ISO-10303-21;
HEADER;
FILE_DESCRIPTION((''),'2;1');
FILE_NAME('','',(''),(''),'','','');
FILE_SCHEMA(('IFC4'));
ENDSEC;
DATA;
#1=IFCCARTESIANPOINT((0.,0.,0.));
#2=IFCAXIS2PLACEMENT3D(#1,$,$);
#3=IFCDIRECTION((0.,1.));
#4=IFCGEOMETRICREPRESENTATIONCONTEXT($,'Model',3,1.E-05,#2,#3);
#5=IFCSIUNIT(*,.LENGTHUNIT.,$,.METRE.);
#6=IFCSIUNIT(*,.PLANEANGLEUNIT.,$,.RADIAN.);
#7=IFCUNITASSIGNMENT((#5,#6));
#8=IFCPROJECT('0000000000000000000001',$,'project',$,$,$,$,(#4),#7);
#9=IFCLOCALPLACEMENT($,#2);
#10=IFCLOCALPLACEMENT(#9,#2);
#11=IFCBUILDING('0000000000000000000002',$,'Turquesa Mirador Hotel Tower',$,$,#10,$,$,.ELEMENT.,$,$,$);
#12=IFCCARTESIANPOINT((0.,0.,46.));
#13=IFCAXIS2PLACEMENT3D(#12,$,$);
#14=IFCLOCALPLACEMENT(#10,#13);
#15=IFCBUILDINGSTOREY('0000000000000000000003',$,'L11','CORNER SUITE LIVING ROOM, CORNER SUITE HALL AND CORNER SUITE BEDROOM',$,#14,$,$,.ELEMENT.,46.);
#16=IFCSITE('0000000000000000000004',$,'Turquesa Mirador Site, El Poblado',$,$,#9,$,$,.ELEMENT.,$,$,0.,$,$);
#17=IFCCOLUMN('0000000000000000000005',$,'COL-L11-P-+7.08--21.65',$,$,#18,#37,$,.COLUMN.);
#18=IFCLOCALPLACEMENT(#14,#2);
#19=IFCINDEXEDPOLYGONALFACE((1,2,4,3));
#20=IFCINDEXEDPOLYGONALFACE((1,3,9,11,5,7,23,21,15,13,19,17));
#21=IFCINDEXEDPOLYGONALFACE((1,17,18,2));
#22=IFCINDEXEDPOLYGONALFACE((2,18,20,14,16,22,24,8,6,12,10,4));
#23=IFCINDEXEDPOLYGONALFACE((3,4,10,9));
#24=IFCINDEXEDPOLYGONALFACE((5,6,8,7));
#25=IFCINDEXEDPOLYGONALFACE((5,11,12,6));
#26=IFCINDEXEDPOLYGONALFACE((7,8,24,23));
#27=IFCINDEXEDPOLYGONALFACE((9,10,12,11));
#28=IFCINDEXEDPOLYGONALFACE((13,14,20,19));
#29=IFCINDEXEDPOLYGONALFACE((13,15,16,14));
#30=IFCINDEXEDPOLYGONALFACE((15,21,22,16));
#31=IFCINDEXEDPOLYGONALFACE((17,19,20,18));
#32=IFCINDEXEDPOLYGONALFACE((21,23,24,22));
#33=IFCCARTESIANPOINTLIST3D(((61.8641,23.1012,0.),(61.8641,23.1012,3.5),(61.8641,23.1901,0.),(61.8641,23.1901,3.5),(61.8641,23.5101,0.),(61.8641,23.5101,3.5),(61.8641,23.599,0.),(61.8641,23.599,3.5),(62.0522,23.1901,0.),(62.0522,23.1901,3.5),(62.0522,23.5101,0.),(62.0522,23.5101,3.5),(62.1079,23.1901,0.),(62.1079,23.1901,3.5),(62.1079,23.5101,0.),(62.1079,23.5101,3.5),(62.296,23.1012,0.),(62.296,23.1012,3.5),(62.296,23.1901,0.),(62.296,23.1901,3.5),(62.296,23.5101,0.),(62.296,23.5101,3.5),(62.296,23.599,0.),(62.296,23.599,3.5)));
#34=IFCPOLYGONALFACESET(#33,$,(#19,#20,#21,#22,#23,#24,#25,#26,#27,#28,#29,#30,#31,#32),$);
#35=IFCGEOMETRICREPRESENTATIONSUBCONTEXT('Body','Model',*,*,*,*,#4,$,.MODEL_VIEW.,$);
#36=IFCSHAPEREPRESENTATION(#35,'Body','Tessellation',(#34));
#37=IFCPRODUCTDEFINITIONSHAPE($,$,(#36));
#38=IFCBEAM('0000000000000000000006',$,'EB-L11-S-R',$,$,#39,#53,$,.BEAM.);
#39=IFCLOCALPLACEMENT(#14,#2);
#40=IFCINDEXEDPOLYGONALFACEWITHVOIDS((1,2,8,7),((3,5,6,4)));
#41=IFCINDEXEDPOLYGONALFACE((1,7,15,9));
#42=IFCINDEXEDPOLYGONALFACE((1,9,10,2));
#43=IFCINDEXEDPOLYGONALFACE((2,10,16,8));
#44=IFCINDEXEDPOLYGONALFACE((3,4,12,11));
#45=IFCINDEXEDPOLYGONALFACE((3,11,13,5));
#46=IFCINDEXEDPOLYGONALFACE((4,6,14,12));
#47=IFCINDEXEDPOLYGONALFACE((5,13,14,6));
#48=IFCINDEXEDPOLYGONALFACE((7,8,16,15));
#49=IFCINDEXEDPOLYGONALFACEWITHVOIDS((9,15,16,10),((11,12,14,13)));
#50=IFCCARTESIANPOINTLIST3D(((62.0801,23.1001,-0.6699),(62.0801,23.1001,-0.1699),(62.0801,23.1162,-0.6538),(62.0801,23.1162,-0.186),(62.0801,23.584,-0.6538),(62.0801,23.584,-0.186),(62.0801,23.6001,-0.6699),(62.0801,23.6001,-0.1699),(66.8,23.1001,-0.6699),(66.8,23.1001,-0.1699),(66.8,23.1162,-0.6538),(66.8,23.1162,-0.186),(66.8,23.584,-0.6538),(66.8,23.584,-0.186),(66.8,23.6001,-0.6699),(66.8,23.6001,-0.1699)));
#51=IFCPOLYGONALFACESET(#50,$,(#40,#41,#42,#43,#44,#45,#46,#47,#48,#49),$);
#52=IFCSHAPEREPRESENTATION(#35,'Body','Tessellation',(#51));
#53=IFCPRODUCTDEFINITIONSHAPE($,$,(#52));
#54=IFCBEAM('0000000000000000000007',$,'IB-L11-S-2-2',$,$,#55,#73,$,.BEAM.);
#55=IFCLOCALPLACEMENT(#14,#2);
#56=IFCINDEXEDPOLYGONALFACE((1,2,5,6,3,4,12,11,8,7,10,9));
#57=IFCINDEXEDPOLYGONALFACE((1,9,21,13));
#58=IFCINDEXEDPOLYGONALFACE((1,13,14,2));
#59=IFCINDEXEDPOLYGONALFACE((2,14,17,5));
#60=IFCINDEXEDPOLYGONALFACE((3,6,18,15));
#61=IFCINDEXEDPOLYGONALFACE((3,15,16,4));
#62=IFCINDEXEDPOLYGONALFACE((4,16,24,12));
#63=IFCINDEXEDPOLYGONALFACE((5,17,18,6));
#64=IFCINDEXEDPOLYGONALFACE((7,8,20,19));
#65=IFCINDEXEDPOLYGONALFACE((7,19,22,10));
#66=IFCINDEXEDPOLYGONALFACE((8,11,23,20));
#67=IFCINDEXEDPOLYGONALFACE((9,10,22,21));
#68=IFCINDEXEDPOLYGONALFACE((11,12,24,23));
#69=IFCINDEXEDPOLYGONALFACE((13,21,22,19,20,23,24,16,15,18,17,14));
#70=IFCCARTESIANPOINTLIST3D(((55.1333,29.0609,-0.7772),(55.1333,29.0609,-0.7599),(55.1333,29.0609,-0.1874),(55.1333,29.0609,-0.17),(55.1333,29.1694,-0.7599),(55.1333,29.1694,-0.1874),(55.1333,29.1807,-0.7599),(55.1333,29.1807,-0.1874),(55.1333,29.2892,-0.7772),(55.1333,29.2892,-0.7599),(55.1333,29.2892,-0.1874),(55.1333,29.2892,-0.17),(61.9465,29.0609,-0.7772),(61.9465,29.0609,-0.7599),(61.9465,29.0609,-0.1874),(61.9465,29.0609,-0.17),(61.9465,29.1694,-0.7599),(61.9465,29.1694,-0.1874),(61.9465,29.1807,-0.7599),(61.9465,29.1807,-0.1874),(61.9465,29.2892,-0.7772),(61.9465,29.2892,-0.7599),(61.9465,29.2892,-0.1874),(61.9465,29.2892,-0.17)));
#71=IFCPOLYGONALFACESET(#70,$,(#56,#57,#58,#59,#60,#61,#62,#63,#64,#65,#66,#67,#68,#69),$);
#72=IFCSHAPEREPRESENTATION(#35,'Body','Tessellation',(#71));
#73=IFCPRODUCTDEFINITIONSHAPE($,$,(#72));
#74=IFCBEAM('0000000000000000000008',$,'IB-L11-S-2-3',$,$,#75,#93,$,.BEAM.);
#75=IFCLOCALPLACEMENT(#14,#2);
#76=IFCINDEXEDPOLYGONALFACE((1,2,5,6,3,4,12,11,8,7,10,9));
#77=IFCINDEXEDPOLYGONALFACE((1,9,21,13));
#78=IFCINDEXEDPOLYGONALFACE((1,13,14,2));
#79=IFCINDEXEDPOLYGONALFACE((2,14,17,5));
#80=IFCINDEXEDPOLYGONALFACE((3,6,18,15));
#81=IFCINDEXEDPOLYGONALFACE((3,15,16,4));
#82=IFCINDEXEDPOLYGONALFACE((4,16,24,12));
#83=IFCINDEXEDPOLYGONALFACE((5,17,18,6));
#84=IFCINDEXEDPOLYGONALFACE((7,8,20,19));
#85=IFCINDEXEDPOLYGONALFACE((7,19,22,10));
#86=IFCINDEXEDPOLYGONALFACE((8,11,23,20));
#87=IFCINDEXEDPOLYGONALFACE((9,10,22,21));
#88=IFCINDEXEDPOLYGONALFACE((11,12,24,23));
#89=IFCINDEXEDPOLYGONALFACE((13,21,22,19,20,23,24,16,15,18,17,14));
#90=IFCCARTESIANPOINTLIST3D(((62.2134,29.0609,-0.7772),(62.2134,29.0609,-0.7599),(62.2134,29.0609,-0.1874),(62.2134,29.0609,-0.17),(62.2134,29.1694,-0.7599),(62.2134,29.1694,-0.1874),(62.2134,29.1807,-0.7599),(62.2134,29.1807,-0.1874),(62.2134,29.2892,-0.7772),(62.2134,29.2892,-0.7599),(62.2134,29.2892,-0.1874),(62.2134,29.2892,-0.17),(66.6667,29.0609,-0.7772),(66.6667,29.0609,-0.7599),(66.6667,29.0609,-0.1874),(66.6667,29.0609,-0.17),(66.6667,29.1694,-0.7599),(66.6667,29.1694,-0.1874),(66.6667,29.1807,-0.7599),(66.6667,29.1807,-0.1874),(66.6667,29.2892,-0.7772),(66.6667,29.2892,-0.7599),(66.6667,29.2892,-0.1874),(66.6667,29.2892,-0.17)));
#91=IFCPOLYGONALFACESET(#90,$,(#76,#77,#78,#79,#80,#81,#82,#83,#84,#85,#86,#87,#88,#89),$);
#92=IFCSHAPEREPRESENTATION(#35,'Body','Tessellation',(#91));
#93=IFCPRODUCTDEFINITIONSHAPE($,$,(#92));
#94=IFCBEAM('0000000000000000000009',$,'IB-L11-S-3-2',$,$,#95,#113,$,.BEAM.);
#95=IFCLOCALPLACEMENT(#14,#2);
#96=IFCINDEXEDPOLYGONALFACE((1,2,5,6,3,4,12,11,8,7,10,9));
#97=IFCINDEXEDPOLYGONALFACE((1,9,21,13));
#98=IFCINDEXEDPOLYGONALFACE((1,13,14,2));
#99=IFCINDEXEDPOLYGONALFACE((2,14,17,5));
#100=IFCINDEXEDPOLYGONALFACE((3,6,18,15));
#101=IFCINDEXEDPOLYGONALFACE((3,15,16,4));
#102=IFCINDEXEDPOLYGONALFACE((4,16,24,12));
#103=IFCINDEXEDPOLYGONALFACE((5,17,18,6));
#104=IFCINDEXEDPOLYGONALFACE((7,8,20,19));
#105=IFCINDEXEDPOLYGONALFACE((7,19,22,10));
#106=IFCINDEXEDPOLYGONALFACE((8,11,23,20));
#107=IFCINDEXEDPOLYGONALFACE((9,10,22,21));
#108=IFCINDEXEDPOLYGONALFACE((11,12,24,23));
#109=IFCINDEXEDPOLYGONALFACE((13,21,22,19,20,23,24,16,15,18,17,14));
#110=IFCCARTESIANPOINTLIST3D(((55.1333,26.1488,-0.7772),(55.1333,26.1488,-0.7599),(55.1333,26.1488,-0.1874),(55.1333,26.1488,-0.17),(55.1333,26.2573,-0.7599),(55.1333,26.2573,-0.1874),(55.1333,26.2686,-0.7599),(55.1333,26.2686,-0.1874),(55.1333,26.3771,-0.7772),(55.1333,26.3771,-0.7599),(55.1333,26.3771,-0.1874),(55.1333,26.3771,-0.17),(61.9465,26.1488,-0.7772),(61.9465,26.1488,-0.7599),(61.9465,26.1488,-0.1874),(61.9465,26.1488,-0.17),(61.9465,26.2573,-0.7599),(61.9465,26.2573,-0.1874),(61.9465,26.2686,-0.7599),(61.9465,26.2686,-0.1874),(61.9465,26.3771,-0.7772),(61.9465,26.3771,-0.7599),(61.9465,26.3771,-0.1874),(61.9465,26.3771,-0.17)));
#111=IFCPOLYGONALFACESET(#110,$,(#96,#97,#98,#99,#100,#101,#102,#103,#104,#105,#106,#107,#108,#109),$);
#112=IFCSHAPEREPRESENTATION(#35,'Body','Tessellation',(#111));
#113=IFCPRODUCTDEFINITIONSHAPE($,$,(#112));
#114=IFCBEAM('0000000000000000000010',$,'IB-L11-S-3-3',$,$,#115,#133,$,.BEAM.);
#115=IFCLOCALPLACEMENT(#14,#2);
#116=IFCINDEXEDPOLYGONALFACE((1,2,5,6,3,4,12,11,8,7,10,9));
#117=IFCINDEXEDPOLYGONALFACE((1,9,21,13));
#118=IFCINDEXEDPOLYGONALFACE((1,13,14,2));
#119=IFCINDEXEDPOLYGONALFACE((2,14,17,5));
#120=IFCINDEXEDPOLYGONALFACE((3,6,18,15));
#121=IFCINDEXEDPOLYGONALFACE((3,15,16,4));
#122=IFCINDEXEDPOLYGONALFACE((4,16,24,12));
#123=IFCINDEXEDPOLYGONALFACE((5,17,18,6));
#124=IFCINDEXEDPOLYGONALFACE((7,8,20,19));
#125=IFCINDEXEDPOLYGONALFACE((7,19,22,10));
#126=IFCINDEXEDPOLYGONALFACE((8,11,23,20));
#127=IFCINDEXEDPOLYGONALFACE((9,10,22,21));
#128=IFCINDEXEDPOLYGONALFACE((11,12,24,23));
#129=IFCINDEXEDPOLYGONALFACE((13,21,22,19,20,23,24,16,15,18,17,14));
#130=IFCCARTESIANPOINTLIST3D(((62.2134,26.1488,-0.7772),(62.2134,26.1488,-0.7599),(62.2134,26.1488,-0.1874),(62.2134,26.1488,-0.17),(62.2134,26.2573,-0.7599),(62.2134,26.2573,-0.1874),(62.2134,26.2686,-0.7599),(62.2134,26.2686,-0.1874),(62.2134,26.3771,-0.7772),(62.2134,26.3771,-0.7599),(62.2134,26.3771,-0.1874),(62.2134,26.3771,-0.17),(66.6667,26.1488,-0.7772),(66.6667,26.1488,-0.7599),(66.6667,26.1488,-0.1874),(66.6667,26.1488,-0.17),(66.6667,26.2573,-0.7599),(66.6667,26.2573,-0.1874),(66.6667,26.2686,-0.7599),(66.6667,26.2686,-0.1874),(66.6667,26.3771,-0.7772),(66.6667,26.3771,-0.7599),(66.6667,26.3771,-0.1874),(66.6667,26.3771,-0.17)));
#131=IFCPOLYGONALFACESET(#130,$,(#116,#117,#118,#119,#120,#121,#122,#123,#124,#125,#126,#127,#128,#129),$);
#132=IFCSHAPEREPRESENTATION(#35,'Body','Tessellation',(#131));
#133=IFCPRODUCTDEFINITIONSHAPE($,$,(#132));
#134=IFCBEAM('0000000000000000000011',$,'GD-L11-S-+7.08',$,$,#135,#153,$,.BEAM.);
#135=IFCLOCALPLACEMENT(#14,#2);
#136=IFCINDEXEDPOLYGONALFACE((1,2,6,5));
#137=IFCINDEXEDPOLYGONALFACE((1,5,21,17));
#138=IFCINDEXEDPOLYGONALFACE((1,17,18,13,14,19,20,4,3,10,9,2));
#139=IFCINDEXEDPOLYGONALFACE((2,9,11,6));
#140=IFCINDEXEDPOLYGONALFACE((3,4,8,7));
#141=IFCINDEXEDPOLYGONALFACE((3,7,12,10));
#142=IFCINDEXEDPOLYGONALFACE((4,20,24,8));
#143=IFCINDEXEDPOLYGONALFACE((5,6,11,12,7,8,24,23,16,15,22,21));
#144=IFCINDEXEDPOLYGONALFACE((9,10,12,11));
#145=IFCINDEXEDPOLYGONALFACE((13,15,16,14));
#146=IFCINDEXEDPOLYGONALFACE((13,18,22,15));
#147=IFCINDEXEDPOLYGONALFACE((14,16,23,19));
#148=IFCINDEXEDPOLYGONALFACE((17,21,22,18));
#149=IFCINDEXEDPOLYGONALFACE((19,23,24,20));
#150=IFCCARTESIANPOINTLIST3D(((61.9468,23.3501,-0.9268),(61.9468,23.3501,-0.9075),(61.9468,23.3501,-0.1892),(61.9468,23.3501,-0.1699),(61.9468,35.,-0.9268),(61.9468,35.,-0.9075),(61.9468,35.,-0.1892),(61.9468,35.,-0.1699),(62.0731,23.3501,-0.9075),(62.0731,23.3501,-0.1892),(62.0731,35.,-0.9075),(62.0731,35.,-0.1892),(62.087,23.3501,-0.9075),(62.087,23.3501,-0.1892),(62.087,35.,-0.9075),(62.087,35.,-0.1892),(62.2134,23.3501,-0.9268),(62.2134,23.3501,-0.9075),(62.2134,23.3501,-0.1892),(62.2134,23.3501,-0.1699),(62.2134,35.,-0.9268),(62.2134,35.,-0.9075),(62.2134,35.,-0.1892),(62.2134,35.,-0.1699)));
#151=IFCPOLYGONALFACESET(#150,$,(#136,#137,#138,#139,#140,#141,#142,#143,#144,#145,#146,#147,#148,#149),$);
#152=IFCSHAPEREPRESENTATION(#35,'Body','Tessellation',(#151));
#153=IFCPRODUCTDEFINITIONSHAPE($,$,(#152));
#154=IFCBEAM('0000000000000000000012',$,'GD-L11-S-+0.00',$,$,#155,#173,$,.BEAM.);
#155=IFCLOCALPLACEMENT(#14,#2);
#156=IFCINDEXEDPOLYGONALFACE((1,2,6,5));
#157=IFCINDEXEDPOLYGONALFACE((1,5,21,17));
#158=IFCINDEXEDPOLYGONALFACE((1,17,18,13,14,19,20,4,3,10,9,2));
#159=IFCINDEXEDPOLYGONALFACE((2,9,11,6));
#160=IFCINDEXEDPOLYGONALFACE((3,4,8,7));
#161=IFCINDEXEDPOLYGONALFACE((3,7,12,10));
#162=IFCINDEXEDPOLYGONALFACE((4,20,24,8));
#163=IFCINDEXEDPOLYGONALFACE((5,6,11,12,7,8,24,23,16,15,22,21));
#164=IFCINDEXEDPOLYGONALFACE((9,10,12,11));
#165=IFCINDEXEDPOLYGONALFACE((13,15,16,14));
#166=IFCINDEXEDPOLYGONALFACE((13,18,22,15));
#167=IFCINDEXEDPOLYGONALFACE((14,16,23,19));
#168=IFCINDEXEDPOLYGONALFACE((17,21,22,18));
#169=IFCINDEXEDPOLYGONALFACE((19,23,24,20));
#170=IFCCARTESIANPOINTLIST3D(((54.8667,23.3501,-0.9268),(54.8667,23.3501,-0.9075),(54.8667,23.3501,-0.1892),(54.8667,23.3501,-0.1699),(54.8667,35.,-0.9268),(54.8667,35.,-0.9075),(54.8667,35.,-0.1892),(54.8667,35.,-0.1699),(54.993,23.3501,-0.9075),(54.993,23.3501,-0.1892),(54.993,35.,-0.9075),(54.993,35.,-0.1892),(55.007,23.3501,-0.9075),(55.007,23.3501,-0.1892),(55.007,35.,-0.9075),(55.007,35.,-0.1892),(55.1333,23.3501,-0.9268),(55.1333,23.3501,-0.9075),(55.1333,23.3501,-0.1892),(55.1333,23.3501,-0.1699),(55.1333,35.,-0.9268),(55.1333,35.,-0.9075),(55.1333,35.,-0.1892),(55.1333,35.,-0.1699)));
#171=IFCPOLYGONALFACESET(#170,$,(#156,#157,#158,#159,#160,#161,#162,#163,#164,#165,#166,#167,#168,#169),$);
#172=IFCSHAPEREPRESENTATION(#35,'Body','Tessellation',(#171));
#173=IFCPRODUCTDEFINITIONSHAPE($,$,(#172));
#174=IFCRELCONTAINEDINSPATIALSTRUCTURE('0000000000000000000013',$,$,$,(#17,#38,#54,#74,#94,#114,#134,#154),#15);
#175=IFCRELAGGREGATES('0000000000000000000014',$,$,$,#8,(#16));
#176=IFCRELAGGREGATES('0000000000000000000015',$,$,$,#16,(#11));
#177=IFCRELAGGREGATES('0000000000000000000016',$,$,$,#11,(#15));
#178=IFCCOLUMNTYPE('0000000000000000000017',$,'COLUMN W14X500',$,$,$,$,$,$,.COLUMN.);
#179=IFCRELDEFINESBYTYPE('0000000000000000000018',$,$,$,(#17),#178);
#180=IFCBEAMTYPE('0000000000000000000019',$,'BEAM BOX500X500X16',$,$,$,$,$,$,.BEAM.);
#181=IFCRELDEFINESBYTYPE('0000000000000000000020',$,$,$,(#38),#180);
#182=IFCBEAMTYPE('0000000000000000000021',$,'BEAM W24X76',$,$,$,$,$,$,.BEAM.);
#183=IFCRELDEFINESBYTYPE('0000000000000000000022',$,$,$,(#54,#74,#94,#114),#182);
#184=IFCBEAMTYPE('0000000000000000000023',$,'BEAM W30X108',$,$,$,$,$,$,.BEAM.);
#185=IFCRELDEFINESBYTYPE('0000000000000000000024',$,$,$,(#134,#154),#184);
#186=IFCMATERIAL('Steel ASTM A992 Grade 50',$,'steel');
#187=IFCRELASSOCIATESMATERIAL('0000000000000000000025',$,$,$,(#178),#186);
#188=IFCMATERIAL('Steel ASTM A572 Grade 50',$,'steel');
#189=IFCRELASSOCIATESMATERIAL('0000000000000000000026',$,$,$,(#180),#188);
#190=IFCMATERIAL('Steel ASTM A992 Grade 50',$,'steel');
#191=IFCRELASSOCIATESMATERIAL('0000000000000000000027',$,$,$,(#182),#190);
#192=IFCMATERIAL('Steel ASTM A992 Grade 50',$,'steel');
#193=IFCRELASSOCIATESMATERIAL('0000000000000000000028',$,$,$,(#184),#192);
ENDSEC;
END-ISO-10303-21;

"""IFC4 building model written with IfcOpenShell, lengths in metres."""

from ifc_helpers import new_model, si_unit, direction, frame, origin, origin_2d, place, context, subcontext, project, spatial, hollow_rectangle, i_section, extrude, material, material_profile, profile_set, type_object, element, save


model = new_model("IFC4")

# Units and contexts
model_context = context("Model", 3, precision=1e-05, world=origin(), true_north=direction((0.0, 1.0)))
body_context = subcontext(model_context, "Body", "Model", "MODEL_VIEW")
ifc_project = project(units=[si_unit("LENGTHUNIT", "METRE"), si_unit("PLANEANGLEUNIT", "RADIAN")], contexts=[model_context])

# Site, building, storey
site_placement = place(None, origin())
site = spatial("IfcSite", under=ifc_project, at=site_placement, Name="Turquesa Mirador Site, El Poblado", CompositionType="ELEMENT", RefElevation=0.0)
building_placement = place(site_placement, origin())
building = spatial("IfcBuilding", under=site, at=building_placement, Name="Turquesa Mirador Hotel Tower", CompositionType="ELEMENT")
storey_placement = place(building_placement, frame((0.0, 0.0, 46.0)))
storey = spatial("IfcBuildingStorey", under=building, at=storey_placement, Name="L11", Description="CORNER SUITE LIVING ROOM, CORNER SUITE HALL AND CORNER SUITE BEDROOM", CompositionType="ELEMENT", Elevation=46.0)

# Column
ifc_material_1 = material(Name="Steel ASTM A992 Grade 50", Category="steel")
ifc_material_profile_1 = material_profile(ifc_material_1, i_section(OverallWidth=0.4319, OverallDepth=0.4978, WebThickness=0.0557, FlangeThickness=0.0889, at=origin_2d()), Name="W14X500")
ifc_profile_set_1 = profile_set([ifc_material_profile_1], Name="Steel ASTM A992 Grade 50")
column_type = type_object("IfcColumnType", Name="COLUMN W14X500", PredefinedType="COLUMN", material=ifc_profile_set_1)
column_placement = place(storey_placement, frame((62.0801, 23.3501, 0.0), z_axis=(0.0, 0.0, 1.0), x_axis=(1.0, 0.0, 0.0)))
element("IfcColumn", 1, at=column_placement, inside=storey, type_object=column_type, Name="COL-L11-P-+7.08--21.65", PredefinedType="COLUMN", context=body_context, shape_type="SweptSolid", body=[
    extrude(i_section(OverallWidth=0.4319, OverallDepth=0.4978, WebThickness=0.0557, FlangeThickness=0.0889, at=origin_2d()), origin(), (0.0, 0.0, 1.0), 3.5),
])

# Beams
ifc_material_2 = material(Name="Steel ASTM A572 Grade 50", Category="steel")
ifc_material_profile_2 = material_profile(ifc_material_2, hollow_rectangle(XDim=0.5, YDim=0.5, WallThickness=0.0161, at=origin_2d()), Name="BOX500X500X16")
ifc_profile_set_2 = profile_set([ifc_material_profile_2], Name="Steel ASTM A572 Grade 50")
beam_type_1 = type_object("IfcBeamType", Name="BEAM BOX500X500X16", PredefinedType="BEAM", material=ifc_profile_set_2)
beam_1_placement = place(storey_placement, frame((62.0801, 23.3501, -0.4199), z_axis=(1.0, 0.0, 0.0), x_axis=(0.0, 1.0, 0.0)))
element("IfcBeam", 2, at=beam_1_placement, inside=storey, type_object=beam_type_1, Name="EB-L11-S-R", PredefinedType="BEAM", context=body_context, shape_type="SweptSolid", body=[
    extrude(hollow_rectangle(XDim=0.5, YDim=0.5, WallThickness=0.0161, at=origin_2d()), origin(), (0.0, 0.0, 1.0), 4.72),
])
ifc_material_3 = material(Name="Steel ASTM A992 Grade 50", Category="steel")
ifc_material_profile_3 = material_profile(ifc_material_3, i_section(OverallWidth=0.2283, OverallDepth=0.6072, WebThickness=0.0112, FlangeThickness=0.0173, at=origin_2d()), Name="W24X76")
ifc_profile_set_3 = profile_set([ifc_material_profile_3], Name="Steel ASTM A992 Grade 50")
beam_type_2 = type_object("IfcBeamType", Name="BEAM W24X76", PredefinedType="BEAM", material=ifc_profile_set_3)
beam_2_placement = place(storey_placement, frame((55.1333, 29.175, -0.4736), z_axis=(1.0, 0.0, 0.0), x_axis=(0.0, 1.0, 0.0)))
element("IfcBeam", 3, at=beam_2_placement, inside=storey, type_object=beam_type_2, Name="IB-L11-S-2-2", PredefinedType="BEAM", context=body_context, shape_type="SweptSolid", body=[
    extrude(i_section(OverallWidth=0.2283, OverallDepth=0.6072, WebThickness=0.0112, FlangeThickness=0.0173, at=origin_2d()), origin(), (0.0, 0.0, 1.0), 6.8132),
])
beam_3_placement = place(storey_placement, frame((62.2134, 29.175, -0.4736), z_axis=(1.0, 0.0, 0.0), x_axis=(0.0, 1.0, 0.0)))
element("IfcBeam", 4, at=beam_3_placement, inside=storey, type_object=beam_type_2, Name="IB-L11-S-2-3", PredefinedType="BEAM", context=body_context, shape_type="SweptSolid", body=[
    extrude(i_section(OverallWidth=0.2283, OverallDepth=0.6072, WebThickness=0.0112, FlangeThickness=0.0173, at=origin_2d()), origin(), (0.0, 0.0, 1.0), 4.4534),
])
beam_4_placement = place(storey_placement, frame((55.1333, 26.2629, -0.4736), z_axis=(1.0, 0.0, 0.0), x_axis=(0.0, 1.0, 0.0)))
element("IfcBeam", 5, at=beam_4_placement, inside=storey, type_object=beam_type_2, Name="IB-L11-S-3-2", PredefinedType="BEAM", context=body_context, shape_type="SweptSolid", body=[
    extrude(i_section(OverallWidth=0.2283, OverallDepth=0.6072, WebThickness=0.0112, FlangeThickness=0.0173, at=origin_2d()), origin(), (0.0, 0.0, 1.0), 6.8132),
])
beam_5_placement = place(storey_placement, frame((62.2134, 26.2629, -0.4736), z_axis=(1.0, 0.0, 0.0), x_axis=(0.0, 1.0, 0.0)))
element("IfcBeam", 6, at=beam_5_placement, inside=storey, type_object=beam_type_2, Name="IB-L11-S-3-3", PredefinedType="BEAM", context=body_context, shape_type="SweptSolid", body=[
    extrude(i_section(OverallWidth=0.2283, OverallDepth=0.6072, WebThickness=0.0112, FlangeThickness=0.0173, at=origin_2d()), origin(), (0.0, 0.0, 1.0), 4.4534),
])
ifc_material_4 = material(Name="Steel ASTM A992 Grade 50", Category="steel")
ifc_material_profile_4 = material_profile(ifc_material_4, i_section(OverallWidth=0.2666, OverallDepth=0.7568, WebThickness=0.0139, FlangeThickness=0.0193, at=origin_2d()), Name="W30X108")
ifc_profile_set_4 = profile_set([ifc_material_profile_4], Name="Steel ASTM A992 Grade 50")
beam_type_3 = type_object("IfcBeamType", Name="BEAM W30X108", PredefinedType="BEAM", material=ifc_profile_set_4)
for number, where, z_axis, x_axis, name in (
    (7, (62.0801, 23.3501, -0.5483), (0.0, 1.0, 0.0), (-1.0, 0.0, 0.0), "GD-L11-S-+7.08"),
    (8, (55.0, 23.3501, -0.5483), (0.0, 1.0, 0.0), (-1.0, 0.0, 0.0), "GD-L11-S-+0.00"),
):
    element("IfcBeam", number, at=place(storey_placement, frame(where, z_axis=z_axis, x_axis=x_axis)), inside=storey, type_object=beam_type_3, Name=name, PredefinedType="BEAM", context=body_context, shape_type="SweptSolid", body=[
        extrude(i_section(OverallWidth=0.2666, OverallDepth=0.7568, WebThickness=0.0139, FlangeThickness=0.0193, at=origin_2d()), origin(), (0.0, 0.0, 1.0), 11.6499),
    ])

save(model, "model.ifc")
